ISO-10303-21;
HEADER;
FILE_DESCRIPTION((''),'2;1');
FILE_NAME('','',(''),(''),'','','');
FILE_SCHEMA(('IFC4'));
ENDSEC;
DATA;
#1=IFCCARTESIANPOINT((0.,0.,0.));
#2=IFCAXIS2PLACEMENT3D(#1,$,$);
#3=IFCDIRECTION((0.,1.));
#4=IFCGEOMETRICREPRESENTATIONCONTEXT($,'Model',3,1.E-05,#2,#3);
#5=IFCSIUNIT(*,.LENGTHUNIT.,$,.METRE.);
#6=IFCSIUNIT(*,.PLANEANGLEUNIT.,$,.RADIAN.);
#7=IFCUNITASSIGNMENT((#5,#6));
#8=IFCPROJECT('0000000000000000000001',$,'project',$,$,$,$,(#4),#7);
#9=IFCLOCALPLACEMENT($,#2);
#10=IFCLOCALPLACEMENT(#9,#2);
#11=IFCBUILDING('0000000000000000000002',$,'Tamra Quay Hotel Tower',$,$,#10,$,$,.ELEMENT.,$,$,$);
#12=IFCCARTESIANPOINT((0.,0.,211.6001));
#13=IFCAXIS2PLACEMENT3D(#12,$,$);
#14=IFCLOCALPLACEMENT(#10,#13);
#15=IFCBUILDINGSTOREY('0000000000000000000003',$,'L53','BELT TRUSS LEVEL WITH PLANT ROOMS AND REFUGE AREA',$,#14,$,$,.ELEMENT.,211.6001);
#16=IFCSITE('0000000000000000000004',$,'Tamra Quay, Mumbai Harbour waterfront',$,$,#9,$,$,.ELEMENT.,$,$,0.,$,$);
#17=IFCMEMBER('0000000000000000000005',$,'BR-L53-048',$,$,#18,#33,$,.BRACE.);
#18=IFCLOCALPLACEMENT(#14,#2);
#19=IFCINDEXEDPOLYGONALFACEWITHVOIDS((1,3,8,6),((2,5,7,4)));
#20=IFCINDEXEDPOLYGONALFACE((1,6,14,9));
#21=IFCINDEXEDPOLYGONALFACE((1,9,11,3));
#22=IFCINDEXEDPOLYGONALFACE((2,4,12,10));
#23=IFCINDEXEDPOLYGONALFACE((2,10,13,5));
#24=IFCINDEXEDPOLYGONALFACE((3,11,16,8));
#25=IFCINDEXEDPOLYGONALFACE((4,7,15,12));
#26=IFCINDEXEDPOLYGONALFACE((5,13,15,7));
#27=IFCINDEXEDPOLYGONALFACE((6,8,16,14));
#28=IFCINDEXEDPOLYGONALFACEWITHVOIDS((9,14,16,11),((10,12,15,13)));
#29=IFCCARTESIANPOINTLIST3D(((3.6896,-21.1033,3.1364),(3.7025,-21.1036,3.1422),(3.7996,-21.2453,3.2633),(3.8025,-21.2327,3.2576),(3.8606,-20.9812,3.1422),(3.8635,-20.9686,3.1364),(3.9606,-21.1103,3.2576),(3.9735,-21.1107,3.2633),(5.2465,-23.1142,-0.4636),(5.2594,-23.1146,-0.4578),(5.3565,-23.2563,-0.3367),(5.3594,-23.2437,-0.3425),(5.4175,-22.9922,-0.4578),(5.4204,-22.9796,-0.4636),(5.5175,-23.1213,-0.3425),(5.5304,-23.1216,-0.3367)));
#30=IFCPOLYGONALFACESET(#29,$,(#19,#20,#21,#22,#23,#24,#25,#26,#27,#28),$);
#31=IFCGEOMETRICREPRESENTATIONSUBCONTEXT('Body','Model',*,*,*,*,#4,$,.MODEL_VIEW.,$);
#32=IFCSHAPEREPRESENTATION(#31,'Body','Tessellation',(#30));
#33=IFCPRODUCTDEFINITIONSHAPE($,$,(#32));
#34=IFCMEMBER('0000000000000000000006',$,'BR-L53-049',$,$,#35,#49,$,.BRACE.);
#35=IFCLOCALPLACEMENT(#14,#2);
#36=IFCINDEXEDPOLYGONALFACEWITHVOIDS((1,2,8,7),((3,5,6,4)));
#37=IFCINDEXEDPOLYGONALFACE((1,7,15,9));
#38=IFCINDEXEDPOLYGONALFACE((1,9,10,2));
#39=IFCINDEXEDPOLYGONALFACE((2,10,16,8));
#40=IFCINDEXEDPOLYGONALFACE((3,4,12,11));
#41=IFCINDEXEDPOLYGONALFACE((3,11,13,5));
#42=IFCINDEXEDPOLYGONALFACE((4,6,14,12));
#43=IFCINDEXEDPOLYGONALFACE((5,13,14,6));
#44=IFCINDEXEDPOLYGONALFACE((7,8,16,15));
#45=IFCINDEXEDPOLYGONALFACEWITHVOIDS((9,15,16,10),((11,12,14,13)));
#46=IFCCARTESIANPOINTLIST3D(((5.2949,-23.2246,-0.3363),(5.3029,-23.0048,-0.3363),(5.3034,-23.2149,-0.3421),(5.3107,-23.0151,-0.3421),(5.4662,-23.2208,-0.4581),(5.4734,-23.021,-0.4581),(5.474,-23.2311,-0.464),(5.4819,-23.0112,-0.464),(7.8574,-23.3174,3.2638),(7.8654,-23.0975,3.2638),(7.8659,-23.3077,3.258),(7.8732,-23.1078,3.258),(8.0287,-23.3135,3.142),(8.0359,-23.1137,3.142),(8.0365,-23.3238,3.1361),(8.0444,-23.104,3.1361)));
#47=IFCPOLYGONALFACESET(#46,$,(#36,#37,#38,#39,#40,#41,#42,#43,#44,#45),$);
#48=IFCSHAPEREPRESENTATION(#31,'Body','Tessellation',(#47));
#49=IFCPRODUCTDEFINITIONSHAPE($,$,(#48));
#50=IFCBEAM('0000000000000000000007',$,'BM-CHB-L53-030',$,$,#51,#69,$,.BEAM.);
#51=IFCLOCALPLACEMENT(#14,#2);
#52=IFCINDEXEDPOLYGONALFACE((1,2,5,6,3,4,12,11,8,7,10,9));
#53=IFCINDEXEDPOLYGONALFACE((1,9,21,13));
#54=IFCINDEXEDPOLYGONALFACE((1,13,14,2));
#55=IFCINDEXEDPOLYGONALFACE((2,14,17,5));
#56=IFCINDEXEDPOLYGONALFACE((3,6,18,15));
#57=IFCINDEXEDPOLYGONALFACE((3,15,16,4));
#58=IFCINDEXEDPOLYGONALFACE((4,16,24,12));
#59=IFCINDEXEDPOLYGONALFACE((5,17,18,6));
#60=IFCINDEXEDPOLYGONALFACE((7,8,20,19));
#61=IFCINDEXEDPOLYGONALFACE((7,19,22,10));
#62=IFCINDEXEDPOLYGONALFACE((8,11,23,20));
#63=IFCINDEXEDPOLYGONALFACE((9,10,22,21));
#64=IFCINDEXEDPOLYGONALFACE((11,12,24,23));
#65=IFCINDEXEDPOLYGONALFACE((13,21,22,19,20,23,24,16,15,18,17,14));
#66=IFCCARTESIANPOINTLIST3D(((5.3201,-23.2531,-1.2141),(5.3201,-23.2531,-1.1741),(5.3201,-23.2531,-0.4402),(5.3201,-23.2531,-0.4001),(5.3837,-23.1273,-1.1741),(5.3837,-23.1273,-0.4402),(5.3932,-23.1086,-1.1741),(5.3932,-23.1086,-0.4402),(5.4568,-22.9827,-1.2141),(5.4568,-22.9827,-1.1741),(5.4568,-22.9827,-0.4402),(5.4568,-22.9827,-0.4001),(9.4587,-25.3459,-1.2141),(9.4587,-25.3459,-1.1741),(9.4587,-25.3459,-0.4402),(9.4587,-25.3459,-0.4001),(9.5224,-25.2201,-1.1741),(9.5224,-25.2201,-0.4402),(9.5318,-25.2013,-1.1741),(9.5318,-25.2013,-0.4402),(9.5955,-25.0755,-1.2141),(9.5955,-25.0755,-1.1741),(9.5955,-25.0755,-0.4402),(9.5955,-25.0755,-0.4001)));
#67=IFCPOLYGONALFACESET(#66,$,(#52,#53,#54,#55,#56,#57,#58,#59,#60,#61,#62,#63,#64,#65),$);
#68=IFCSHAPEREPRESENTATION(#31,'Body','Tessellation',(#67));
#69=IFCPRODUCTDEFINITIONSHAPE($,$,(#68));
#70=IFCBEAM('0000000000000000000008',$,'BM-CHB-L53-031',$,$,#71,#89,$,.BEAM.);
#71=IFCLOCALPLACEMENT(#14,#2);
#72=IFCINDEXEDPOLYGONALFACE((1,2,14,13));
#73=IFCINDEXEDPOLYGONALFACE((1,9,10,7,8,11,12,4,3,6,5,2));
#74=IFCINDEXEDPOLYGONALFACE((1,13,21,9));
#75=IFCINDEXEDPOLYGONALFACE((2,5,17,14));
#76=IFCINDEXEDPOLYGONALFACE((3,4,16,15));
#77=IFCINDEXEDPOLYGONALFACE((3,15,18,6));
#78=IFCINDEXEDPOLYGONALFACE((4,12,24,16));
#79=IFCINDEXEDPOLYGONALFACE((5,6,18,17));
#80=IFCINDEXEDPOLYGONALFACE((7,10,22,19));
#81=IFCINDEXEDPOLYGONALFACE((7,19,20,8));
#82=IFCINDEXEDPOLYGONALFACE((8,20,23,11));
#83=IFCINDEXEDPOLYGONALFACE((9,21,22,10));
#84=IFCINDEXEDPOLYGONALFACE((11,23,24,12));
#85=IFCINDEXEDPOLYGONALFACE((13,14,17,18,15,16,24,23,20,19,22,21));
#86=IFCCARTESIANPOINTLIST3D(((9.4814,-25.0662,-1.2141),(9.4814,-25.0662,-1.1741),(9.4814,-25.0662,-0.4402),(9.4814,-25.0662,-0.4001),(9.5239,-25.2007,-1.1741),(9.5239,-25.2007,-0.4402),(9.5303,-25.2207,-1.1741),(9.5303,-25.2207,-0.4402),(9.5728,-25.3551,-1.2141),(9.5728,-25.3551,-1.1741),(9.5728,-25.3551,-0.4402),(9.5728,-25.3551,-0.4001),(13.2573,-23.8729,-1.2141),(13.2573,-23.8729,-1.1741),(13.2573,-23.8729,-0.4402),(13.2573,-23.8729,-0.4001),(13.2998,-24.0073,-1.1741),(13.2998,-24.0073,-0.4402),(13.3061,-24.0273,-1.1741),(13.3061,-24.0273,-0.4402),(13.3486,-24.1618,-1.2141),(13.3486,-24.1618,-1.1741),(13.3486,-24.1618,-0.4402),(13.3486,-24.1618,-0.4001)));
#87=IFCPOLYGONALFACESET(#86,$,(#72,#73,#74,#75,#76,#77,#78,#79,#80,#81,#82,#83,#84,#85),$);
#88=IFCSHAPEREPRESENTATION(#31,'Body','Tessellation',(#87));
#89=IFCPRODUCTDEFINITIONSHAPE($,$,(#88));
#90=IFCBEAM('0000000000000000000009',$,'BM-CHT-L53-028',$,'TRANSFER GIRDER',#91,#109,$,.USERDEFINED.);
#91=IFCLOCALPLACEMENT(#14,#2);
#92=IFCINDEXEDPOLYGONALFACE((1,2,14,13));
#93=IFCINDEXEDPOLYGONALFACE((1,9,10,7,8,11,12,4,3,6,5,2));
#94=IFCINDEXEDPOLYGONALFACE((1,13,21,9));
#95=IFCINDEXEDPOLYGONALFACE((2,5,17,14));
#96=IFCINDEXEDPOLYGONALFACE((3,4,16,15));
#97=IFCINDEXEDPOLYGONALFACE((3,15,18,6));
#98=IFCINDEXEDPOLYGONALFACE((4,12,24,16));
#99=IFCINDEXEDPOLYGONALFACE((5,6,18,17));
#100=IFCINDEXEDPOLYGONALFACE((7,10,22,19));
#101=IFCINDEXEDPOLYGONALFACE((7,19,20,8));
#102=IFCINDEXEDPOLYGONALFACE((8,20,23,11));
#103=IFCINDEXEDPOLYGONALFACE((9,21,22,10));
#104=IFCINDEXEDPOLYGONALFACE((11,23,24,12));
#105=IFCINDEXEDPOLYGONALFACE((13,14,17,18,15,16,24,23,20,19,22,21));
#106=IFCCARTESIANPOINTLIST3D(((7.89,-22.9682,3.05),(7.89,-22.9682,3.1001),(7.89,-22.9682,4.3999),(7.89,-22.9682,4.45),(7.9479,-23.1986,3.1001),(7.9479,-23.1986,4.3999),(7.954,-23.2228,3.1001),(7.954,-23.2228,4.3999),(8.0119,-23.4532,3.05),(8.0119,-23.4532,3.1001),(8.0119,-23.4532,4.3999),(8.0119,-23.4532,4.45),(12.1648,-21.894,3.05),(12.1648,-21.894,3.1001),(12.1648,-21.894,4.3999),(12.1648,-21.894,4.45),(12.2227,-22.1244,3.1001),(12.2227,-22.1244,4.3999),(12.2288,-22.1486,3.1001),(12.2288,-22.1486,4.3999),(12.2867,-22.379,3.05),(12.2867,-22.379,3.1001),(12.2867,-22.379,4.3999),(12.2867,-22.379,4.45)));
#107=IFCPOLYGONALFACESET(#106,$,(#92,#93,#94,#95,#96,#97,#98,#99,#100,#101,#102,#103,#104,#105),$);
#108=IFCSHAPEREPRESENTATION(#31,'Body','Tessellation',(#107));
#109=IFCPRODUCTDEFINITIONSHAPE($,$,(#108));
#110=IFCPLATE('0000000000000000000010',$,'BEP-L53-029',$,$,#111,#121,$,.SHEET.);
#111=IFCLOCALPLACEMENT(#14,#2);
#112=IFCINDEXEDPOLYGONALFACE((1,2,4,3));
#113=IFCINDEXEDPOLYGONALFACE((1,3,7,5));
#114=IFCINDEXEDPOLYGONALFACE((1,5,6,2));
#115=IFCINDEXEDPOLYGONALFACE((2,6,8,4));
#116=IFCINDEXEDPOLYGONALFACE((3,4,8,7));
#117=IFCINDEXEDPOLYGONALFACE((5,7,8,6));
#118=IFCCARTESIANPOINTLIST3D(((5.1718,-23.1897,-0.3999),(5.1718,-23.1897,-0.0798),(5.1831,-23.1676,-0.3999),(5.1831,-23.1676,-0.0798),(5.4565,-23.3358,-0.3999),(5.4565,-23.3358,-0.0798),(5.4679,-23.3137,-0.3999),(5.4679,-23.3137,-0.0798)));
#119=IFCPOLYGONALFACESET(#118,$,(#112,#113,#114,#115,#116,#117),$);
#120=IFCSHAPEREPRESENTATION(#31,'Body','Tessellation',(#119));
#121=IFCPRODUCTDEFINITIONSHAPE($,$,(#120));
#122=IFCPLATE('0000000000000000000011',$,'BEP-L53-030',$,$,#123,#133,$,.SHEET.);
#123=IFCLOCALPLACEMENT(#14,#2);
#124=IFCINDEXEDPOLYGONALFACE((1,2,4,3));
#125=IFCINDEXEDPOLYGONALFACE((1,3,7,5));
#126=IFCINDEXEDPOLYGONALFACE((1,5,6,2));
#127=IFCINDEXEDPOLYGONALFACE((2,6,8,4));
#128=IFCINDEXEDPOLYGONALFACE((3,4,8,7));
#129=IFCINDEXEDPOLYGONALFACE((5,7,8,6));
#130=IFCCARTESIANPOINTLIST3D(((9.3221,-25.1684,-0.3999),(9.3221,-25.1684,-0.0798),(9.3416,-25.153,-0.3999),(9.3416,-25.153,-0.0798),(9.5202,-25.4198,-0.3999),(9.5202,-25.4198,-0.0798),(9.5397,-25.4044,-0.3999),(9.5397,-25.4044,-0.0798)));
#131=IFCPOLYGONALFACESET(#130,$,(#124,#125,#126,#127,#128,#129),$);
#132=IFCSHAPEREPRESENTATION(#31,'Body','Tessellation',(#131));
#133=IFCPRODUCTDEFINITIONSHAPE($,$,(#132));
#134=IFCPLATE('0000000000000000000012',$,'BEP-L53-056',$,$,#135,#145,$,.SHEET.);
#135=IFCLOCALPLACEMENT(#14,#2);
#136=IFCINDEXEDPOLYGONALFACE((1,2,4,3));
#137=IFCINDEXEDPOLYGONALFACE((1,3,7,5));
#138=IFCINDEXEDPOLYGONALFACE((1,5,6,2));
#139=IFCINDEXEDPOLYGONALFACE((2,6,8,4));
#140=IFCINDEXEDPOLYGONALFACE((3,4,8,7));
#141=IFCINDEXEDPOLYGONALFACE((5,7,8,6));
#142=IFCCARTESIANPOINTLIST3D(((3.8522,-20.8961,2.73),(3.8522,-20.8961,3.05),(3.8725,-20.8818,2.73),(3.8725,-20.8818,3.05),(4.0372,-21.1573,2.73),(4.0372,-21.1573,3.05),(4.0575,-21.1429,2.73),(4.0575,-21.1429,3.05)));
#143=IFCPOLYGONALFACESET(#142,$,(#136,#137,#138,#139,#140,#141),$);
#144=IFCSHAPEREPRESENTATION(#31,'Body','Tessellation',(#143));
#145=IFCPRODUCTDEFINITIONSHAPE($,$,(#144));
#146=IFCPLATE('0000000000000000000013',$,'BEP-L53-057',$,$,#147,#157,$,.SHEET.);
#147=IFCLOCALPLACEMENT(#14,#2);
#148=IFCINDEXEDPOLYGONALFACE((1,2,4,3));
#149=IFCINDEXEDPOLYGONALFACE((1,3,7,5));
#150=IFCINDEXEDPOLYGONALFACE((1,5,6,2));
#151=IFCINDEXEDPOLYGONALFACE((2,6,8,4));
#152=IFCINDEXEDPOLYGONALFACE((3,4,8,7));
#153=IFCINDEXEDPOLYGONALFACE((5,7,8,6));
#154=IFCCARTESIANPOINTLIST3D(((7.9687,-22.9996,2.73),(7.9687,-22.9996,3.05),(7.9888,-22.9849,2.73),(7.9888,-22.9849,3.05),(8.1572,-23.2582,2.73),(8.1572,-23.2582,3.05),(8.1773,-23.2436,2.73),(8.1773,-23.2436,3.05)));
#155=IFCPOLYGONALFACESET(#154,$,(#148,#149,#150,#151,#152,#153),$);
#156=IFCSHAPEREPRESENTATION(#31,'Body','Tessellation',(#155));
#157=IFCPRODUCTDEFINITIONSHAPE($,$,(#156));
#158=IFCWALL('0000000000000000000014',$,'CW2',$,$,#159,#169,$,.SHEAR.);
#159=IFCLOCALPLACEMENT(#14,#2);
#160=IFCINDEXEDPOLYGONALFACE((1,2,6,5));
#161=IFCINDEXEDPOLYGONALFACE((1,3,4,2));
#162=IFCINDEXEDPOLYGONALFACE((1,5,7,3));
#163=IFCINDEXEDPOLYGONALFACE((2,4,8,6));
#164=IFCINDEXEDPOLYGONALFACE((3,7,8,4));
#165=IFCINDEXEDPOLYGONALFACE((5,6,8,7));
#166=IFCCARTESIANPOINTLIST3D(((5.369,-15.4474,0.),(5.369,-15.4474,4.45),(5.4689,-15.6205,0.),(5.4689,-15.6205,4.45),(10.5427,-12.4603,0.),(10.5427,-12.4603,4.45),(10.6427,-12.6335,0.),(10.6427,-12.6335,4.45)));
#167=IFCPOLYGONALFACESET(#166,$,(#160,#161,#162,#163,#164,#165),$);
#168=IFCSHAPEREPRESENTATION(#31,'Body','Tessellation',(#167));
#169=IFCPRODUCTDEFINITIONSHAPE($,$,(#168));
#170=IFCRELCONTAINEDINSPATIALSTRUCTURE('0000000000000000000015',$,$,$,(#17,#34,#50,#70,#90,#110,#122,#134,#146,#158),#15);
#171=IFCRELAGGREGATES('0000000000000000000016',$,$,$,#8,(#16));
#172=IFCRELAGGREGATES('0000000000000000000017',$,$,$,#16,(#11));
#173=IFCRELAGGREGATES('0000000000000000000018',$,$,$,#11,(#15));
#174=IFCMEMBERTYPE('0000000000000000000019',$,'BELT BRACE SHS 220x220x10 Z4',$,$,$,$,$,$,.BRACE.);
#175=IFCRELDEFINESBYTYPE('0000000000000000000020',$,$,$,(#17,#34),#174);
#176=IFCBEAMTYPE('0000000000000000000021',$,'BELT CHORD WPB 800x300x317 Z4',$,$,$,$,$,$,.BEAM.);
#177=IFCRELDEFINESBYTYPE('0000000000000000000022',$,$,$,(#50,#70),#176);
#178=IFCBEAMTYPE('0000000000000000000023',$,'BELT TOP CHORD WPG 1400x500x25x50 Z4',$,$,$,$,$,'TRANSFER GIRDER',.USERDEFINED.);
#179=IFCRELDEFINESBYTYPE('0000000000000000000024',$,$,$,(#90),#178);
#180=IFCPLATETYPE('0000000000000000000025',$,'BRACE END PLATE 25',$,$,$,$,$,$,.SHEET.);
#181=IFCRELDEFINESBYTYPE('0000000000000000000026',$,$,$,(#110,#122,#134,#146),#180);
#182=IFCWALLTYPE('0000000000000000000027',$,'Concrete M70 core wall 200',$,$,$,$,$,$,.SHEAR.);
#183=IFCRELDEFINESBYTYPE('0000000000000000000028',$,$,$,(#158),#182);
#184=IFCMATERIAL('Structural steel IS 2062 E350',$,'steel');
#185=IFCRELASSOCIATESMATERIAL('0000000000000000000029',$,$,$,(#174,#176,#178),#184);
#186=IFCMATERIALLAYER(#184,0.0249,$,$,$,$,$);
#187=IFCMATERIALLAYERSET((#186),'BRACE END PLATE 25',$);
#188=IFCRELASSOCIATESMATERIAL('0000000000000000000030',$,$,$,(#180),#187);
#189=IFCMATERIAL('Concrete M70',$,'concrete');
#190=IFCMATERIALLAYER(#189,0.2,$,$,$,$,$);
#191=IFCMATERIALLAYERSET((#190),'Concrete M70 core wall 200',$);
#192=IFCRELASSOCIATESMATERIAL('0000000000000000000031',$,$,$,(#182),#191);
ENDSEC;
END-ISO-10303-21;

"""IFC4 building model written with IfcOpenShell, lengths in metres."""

from ifc_helpers import new_model, si_unit, direction, frame, frame_2d, origin, origin_2d, place, context, subcontext, project, spatial, rectangle, hollow_rectangle, i_section, extrude, material, layer, layer_set, material_profile, profile_set, type_object, element, save


model = new_model("IFC4")

# Units and contexts
model_context = context("Model", 3, precision=1e-05, world=origin(), true_north=direction((0.0, 1.0)))
body_context = subcontext(model_context, "Body", "Model", "MODEL_VIEW")
ifc_project = project(units=[si_unit("LENGTHUNIT", "METRE"), si_unit("PLANEANGLEUNIT", "RADIAN")], contexts=[model_context])

# Site, building, storey
site_placement = place(None, origin())
site = spatial("IfcSite", under=ifc_project, at=site_placement, Name="Tamra Quay, Mumbai Harbour waterfront", CompositionType="ELEMENT", RefElevation=0.0)
building_placement = place(site_placement, origin())
building = spatial("IfcBuilding", under=site, at=building_placement, Name="Tamra Quay Hotel Tower", CompositionType="ELEMENT")
storey_placement = place(building_placement, frame((0.0, 0.0, 211.6001)))
storey = spatial("IfcBuildingStorey", under=building, at=storey_placement, Name="L53", Description="BELT TRUSS LEVEL WITH PLANT ROOMS AND REFUGE AREA", CompositionType="ELEMENT", Elevation=211.6001)

# Members
ifc_material_1 = material(Name="Structural steel IS 2062 E350", Category="steel")
ifc_material_profile_1 = material_profile(ifc_material_1, hollow_rectangle(XDim=0.22, YDim=0.22, WallThickness=0.01, at=origin_2d()), Name="SHS 220x220x10")
ifc_profile_set_1 = profile_set([ifc_material_profile_1], Name="Structural steel IS 2062 E350")
member_type = type_object("IfcMemberType", Name="BELT BRACE SHS 220x220x10 Z4", PredefinedType="BRACE", material=ifc_profile_set_1)
member_1_placement = place(storey_placement, frame((5.3884, -23.1179, -0.4001), z_axis=(-0.353212, 0.456234, 0.816757), x_axis=(-0.790725, -0.612171, 0.0)))
element("IfcMember", 1, at=member_1_placement, inside=storey, type_object=member_type, Name="BR-L53-048", PredefinedType="BRACE", context=body_context, shape_type="SweptSolid", body=[
    extrude(hollow_rectangle(XDim=0.22, YDim=0.22, WallThickness=0.01, at=origin_2d()), origin(), (0.0, 0.0, 1.0), 4.4077),
])
member_2_placement = place(storey_placement, frame((5.3884, -23.1179, -0.4001), z_axis=(0.579761, -0.02099, 0.814516), x_axis=(0.036181, 0.999345, 0.0)))
element("IfcMember", 2, at=member_2_placement, inside=storey, type_object=member_type, Name="BR-L53-049", PredefinedType="BRACE", context=body_context, shape_type="SweptSolid", body=[
    extrude(hollow_rectangle(XDim=0.22, YDim=0.22, WallThickness=0.01, at=origin_2d()), origin(), (0.0, 0.0, 1.0), 4.4199),
])

# Beams
ifc_material_profile_2 = material_profile(ifc_material_1, i_section(OverallWidth=0.303, OverallDepth=0.814, WebThickness=0.021, FlangeThickness=0.04, at=origin_2d()), Name="WPB 800x300x317")
ifc_profile_set_2 = profile_set([ifc_material_profile_2], Name="Structural steel IS 2062 E350")
beam_type_1 = type_object("IfcBeamType", Name="BELT CHORD WPB 800x300x317 Z4", PredefinedType="BEAM", material=ifc_profile_set_2)
beam_1_placement = place(storey_placement, frame((5.3884, -23.1179, -0.8071), z_axis=(0.892397, -0.451252, 0.0), x_axis=(0.451252, 0.892397, 0.0)))
element("IfcBeam", 3, at=beam_1_placement, inside=storey, type_object=beam_type_1, Name="BM-CHB-L53-030", PredefinedType="BEAM", context=body_context, shape_type="SweptSolid", body=[
    extrude(i_section(OverallWidth=0.303, OverallDepth=0.814, WebThickness=0.021, FlangeThickness=0.04, at=origin_2d()), origin(), (0.0, 0.0, 1.0), 4.6377),
])
beam_2_placement = place(storey_placement, frame((9.5271, -25.2107, -0.8071), z_axis=(0.953512, 0.301356, 0.0), x_axis=(-0.301356, 0.953512, 0.0)))
element("IfcBeam", 4, at=beam_2_placement, inside=storey, type_object=beam_type_1, Name="BM-CHB-L53-031", PredefinedType="BEAM", context=body_context, shape_type="SweptSolid", body=[
    extrude(i_section(OverallWidth=0.303, OverallDepth=0.814, WebThickness=0.021, FlangeThickness=0.04, at=origin_2d()), origin(), (0.0, 0.0, 1.0), 3.96),
])
ifc_material_profile_3 = material_profile(ifc_material_1, i_section(OverallWidth=0.5, OverallDepth=1.3999, WebThickness=0.0249, FlangeThickness=0.05, at=origin_2d()), Name="WPG 1400x500x25x50")
ifc_profile_set_3 = profile_set([ifc_material_profile_3], Name="Structural steel IS 2062 E350")
beam_type_2 = type_object("IfcBeamType", Name="BELT TOP CHORD WPG 1400x500x25x50 Z4", ElementType="TRANSFER GIRDER", PredefinedType="USERDEFINED", material=ifc_profile_set_3)
beam_3_placement = place(storey_placement, frame((7.9509, -23.2107, 3.75), z_axis=(0.969849, 0.243708, 0.0), x_axis=(-0.243708, 0.969849, 0.0)))
element("IfcBeam", 5, at=beam_3_placement, inside=storey, type_object=beam_type_2, Name="BM-CHT-L53-028", ObjectType="TRANSFER GIRDER", PredefinedType="USERDEFINED", context=body_context, shape_type="SweptSolid", body=[
    extrude(i_section(OverallWidth=0.5, OverallDepth=1.3999, WebThickness=0.0249, FlangeThickness=0.05, at=origin_2d()), origin(), (0.0, 0.0, 1.0), 4.4077),
])

# Plates
ifc_layer_1 = layer(ifc_material_1, 0.0249)
ifc_layer_set_1 = layer_set([ifc_layer_1], Name="BRACE END PLATE 25")
plate_type = type_object("IfcPlateType", Name="BRACE END PLATE 25", PredefinedType="SHEET", material=ifc_layer_set_1)
for number, where, z_axis, x_axis, name in (
    (6, (5.3198, -23.2517, -0.3999), (0.0, 0.0, 1.0), (0.456516, 0.889715, 0.0), "BEP-L53-029"),
    (7, (9.4309, -25.2864, -0.3999), (0.0, 0.0, 1.0), (0.785388, 0.619003, 0.0), "BEP-L53-030"),
    (8, (3.9548, -21.0195, 2.73), (0.0, 0.0, 1.0), (0.815956, 0.578114, 0.0), "BEP-L53-056"),
    (9, (8.073, -23.1216, 2.73), (0.0, 0.0, 1.0), (0.808136, 0.588996, 0.0), "BEP-L53-057"),
):
    element("IfcPlate", number, at=place(storey_placement, frame(where, z_axis=z_axis, x_axis=x_axis)), inside=storey, type_object=plate_type, Name=name, PredefinedType="SHEET", context=body_context, shape_type="SweptSolid", body=[
        extrude(rectangle(XDim=0.0249, YDim=0.3201, at=origin_2d()), origin(), (0.0, 0.0, 1.0), 0.3201),
    ])

# Wall
ifc_material_2 = material(Name="Concrete M70", Category="concrete")
ifc_layer_2 = layer(ifc_material_2, 0.2)
ifc_layer_set_2 = layer_set([ifc_layer_2], Name="Concrete M70 core wall 200")
wall_type_1 = type_object("IfcWallType", Name="Concrete M70 core wall 200", PredefinedType="SHEAR", material=ifc_layer_set_2)
wall_1_placement = place(storey_placement, frame((5.4189, -15.5339, 0.0), z_axis=(0.0, 0.0, 1.0), x_axis=(0.866029, 0.499994, 0.0)))
element("IfcWall", 10, at=wall_1_placement, inside=storey, type_object=wall_type_1, Name="CW2", PredefinedType="SHEAR", context=body_context, shape_type="SweptSolid", body=[
    extrude(rectangle(XDim=5.9741, YDim=0.2, at=frame_2d((2.9871, 0.0))), origin(), (0.0, 0.0, 1.0), 4.45),
])

save(model, "model.ifc")
